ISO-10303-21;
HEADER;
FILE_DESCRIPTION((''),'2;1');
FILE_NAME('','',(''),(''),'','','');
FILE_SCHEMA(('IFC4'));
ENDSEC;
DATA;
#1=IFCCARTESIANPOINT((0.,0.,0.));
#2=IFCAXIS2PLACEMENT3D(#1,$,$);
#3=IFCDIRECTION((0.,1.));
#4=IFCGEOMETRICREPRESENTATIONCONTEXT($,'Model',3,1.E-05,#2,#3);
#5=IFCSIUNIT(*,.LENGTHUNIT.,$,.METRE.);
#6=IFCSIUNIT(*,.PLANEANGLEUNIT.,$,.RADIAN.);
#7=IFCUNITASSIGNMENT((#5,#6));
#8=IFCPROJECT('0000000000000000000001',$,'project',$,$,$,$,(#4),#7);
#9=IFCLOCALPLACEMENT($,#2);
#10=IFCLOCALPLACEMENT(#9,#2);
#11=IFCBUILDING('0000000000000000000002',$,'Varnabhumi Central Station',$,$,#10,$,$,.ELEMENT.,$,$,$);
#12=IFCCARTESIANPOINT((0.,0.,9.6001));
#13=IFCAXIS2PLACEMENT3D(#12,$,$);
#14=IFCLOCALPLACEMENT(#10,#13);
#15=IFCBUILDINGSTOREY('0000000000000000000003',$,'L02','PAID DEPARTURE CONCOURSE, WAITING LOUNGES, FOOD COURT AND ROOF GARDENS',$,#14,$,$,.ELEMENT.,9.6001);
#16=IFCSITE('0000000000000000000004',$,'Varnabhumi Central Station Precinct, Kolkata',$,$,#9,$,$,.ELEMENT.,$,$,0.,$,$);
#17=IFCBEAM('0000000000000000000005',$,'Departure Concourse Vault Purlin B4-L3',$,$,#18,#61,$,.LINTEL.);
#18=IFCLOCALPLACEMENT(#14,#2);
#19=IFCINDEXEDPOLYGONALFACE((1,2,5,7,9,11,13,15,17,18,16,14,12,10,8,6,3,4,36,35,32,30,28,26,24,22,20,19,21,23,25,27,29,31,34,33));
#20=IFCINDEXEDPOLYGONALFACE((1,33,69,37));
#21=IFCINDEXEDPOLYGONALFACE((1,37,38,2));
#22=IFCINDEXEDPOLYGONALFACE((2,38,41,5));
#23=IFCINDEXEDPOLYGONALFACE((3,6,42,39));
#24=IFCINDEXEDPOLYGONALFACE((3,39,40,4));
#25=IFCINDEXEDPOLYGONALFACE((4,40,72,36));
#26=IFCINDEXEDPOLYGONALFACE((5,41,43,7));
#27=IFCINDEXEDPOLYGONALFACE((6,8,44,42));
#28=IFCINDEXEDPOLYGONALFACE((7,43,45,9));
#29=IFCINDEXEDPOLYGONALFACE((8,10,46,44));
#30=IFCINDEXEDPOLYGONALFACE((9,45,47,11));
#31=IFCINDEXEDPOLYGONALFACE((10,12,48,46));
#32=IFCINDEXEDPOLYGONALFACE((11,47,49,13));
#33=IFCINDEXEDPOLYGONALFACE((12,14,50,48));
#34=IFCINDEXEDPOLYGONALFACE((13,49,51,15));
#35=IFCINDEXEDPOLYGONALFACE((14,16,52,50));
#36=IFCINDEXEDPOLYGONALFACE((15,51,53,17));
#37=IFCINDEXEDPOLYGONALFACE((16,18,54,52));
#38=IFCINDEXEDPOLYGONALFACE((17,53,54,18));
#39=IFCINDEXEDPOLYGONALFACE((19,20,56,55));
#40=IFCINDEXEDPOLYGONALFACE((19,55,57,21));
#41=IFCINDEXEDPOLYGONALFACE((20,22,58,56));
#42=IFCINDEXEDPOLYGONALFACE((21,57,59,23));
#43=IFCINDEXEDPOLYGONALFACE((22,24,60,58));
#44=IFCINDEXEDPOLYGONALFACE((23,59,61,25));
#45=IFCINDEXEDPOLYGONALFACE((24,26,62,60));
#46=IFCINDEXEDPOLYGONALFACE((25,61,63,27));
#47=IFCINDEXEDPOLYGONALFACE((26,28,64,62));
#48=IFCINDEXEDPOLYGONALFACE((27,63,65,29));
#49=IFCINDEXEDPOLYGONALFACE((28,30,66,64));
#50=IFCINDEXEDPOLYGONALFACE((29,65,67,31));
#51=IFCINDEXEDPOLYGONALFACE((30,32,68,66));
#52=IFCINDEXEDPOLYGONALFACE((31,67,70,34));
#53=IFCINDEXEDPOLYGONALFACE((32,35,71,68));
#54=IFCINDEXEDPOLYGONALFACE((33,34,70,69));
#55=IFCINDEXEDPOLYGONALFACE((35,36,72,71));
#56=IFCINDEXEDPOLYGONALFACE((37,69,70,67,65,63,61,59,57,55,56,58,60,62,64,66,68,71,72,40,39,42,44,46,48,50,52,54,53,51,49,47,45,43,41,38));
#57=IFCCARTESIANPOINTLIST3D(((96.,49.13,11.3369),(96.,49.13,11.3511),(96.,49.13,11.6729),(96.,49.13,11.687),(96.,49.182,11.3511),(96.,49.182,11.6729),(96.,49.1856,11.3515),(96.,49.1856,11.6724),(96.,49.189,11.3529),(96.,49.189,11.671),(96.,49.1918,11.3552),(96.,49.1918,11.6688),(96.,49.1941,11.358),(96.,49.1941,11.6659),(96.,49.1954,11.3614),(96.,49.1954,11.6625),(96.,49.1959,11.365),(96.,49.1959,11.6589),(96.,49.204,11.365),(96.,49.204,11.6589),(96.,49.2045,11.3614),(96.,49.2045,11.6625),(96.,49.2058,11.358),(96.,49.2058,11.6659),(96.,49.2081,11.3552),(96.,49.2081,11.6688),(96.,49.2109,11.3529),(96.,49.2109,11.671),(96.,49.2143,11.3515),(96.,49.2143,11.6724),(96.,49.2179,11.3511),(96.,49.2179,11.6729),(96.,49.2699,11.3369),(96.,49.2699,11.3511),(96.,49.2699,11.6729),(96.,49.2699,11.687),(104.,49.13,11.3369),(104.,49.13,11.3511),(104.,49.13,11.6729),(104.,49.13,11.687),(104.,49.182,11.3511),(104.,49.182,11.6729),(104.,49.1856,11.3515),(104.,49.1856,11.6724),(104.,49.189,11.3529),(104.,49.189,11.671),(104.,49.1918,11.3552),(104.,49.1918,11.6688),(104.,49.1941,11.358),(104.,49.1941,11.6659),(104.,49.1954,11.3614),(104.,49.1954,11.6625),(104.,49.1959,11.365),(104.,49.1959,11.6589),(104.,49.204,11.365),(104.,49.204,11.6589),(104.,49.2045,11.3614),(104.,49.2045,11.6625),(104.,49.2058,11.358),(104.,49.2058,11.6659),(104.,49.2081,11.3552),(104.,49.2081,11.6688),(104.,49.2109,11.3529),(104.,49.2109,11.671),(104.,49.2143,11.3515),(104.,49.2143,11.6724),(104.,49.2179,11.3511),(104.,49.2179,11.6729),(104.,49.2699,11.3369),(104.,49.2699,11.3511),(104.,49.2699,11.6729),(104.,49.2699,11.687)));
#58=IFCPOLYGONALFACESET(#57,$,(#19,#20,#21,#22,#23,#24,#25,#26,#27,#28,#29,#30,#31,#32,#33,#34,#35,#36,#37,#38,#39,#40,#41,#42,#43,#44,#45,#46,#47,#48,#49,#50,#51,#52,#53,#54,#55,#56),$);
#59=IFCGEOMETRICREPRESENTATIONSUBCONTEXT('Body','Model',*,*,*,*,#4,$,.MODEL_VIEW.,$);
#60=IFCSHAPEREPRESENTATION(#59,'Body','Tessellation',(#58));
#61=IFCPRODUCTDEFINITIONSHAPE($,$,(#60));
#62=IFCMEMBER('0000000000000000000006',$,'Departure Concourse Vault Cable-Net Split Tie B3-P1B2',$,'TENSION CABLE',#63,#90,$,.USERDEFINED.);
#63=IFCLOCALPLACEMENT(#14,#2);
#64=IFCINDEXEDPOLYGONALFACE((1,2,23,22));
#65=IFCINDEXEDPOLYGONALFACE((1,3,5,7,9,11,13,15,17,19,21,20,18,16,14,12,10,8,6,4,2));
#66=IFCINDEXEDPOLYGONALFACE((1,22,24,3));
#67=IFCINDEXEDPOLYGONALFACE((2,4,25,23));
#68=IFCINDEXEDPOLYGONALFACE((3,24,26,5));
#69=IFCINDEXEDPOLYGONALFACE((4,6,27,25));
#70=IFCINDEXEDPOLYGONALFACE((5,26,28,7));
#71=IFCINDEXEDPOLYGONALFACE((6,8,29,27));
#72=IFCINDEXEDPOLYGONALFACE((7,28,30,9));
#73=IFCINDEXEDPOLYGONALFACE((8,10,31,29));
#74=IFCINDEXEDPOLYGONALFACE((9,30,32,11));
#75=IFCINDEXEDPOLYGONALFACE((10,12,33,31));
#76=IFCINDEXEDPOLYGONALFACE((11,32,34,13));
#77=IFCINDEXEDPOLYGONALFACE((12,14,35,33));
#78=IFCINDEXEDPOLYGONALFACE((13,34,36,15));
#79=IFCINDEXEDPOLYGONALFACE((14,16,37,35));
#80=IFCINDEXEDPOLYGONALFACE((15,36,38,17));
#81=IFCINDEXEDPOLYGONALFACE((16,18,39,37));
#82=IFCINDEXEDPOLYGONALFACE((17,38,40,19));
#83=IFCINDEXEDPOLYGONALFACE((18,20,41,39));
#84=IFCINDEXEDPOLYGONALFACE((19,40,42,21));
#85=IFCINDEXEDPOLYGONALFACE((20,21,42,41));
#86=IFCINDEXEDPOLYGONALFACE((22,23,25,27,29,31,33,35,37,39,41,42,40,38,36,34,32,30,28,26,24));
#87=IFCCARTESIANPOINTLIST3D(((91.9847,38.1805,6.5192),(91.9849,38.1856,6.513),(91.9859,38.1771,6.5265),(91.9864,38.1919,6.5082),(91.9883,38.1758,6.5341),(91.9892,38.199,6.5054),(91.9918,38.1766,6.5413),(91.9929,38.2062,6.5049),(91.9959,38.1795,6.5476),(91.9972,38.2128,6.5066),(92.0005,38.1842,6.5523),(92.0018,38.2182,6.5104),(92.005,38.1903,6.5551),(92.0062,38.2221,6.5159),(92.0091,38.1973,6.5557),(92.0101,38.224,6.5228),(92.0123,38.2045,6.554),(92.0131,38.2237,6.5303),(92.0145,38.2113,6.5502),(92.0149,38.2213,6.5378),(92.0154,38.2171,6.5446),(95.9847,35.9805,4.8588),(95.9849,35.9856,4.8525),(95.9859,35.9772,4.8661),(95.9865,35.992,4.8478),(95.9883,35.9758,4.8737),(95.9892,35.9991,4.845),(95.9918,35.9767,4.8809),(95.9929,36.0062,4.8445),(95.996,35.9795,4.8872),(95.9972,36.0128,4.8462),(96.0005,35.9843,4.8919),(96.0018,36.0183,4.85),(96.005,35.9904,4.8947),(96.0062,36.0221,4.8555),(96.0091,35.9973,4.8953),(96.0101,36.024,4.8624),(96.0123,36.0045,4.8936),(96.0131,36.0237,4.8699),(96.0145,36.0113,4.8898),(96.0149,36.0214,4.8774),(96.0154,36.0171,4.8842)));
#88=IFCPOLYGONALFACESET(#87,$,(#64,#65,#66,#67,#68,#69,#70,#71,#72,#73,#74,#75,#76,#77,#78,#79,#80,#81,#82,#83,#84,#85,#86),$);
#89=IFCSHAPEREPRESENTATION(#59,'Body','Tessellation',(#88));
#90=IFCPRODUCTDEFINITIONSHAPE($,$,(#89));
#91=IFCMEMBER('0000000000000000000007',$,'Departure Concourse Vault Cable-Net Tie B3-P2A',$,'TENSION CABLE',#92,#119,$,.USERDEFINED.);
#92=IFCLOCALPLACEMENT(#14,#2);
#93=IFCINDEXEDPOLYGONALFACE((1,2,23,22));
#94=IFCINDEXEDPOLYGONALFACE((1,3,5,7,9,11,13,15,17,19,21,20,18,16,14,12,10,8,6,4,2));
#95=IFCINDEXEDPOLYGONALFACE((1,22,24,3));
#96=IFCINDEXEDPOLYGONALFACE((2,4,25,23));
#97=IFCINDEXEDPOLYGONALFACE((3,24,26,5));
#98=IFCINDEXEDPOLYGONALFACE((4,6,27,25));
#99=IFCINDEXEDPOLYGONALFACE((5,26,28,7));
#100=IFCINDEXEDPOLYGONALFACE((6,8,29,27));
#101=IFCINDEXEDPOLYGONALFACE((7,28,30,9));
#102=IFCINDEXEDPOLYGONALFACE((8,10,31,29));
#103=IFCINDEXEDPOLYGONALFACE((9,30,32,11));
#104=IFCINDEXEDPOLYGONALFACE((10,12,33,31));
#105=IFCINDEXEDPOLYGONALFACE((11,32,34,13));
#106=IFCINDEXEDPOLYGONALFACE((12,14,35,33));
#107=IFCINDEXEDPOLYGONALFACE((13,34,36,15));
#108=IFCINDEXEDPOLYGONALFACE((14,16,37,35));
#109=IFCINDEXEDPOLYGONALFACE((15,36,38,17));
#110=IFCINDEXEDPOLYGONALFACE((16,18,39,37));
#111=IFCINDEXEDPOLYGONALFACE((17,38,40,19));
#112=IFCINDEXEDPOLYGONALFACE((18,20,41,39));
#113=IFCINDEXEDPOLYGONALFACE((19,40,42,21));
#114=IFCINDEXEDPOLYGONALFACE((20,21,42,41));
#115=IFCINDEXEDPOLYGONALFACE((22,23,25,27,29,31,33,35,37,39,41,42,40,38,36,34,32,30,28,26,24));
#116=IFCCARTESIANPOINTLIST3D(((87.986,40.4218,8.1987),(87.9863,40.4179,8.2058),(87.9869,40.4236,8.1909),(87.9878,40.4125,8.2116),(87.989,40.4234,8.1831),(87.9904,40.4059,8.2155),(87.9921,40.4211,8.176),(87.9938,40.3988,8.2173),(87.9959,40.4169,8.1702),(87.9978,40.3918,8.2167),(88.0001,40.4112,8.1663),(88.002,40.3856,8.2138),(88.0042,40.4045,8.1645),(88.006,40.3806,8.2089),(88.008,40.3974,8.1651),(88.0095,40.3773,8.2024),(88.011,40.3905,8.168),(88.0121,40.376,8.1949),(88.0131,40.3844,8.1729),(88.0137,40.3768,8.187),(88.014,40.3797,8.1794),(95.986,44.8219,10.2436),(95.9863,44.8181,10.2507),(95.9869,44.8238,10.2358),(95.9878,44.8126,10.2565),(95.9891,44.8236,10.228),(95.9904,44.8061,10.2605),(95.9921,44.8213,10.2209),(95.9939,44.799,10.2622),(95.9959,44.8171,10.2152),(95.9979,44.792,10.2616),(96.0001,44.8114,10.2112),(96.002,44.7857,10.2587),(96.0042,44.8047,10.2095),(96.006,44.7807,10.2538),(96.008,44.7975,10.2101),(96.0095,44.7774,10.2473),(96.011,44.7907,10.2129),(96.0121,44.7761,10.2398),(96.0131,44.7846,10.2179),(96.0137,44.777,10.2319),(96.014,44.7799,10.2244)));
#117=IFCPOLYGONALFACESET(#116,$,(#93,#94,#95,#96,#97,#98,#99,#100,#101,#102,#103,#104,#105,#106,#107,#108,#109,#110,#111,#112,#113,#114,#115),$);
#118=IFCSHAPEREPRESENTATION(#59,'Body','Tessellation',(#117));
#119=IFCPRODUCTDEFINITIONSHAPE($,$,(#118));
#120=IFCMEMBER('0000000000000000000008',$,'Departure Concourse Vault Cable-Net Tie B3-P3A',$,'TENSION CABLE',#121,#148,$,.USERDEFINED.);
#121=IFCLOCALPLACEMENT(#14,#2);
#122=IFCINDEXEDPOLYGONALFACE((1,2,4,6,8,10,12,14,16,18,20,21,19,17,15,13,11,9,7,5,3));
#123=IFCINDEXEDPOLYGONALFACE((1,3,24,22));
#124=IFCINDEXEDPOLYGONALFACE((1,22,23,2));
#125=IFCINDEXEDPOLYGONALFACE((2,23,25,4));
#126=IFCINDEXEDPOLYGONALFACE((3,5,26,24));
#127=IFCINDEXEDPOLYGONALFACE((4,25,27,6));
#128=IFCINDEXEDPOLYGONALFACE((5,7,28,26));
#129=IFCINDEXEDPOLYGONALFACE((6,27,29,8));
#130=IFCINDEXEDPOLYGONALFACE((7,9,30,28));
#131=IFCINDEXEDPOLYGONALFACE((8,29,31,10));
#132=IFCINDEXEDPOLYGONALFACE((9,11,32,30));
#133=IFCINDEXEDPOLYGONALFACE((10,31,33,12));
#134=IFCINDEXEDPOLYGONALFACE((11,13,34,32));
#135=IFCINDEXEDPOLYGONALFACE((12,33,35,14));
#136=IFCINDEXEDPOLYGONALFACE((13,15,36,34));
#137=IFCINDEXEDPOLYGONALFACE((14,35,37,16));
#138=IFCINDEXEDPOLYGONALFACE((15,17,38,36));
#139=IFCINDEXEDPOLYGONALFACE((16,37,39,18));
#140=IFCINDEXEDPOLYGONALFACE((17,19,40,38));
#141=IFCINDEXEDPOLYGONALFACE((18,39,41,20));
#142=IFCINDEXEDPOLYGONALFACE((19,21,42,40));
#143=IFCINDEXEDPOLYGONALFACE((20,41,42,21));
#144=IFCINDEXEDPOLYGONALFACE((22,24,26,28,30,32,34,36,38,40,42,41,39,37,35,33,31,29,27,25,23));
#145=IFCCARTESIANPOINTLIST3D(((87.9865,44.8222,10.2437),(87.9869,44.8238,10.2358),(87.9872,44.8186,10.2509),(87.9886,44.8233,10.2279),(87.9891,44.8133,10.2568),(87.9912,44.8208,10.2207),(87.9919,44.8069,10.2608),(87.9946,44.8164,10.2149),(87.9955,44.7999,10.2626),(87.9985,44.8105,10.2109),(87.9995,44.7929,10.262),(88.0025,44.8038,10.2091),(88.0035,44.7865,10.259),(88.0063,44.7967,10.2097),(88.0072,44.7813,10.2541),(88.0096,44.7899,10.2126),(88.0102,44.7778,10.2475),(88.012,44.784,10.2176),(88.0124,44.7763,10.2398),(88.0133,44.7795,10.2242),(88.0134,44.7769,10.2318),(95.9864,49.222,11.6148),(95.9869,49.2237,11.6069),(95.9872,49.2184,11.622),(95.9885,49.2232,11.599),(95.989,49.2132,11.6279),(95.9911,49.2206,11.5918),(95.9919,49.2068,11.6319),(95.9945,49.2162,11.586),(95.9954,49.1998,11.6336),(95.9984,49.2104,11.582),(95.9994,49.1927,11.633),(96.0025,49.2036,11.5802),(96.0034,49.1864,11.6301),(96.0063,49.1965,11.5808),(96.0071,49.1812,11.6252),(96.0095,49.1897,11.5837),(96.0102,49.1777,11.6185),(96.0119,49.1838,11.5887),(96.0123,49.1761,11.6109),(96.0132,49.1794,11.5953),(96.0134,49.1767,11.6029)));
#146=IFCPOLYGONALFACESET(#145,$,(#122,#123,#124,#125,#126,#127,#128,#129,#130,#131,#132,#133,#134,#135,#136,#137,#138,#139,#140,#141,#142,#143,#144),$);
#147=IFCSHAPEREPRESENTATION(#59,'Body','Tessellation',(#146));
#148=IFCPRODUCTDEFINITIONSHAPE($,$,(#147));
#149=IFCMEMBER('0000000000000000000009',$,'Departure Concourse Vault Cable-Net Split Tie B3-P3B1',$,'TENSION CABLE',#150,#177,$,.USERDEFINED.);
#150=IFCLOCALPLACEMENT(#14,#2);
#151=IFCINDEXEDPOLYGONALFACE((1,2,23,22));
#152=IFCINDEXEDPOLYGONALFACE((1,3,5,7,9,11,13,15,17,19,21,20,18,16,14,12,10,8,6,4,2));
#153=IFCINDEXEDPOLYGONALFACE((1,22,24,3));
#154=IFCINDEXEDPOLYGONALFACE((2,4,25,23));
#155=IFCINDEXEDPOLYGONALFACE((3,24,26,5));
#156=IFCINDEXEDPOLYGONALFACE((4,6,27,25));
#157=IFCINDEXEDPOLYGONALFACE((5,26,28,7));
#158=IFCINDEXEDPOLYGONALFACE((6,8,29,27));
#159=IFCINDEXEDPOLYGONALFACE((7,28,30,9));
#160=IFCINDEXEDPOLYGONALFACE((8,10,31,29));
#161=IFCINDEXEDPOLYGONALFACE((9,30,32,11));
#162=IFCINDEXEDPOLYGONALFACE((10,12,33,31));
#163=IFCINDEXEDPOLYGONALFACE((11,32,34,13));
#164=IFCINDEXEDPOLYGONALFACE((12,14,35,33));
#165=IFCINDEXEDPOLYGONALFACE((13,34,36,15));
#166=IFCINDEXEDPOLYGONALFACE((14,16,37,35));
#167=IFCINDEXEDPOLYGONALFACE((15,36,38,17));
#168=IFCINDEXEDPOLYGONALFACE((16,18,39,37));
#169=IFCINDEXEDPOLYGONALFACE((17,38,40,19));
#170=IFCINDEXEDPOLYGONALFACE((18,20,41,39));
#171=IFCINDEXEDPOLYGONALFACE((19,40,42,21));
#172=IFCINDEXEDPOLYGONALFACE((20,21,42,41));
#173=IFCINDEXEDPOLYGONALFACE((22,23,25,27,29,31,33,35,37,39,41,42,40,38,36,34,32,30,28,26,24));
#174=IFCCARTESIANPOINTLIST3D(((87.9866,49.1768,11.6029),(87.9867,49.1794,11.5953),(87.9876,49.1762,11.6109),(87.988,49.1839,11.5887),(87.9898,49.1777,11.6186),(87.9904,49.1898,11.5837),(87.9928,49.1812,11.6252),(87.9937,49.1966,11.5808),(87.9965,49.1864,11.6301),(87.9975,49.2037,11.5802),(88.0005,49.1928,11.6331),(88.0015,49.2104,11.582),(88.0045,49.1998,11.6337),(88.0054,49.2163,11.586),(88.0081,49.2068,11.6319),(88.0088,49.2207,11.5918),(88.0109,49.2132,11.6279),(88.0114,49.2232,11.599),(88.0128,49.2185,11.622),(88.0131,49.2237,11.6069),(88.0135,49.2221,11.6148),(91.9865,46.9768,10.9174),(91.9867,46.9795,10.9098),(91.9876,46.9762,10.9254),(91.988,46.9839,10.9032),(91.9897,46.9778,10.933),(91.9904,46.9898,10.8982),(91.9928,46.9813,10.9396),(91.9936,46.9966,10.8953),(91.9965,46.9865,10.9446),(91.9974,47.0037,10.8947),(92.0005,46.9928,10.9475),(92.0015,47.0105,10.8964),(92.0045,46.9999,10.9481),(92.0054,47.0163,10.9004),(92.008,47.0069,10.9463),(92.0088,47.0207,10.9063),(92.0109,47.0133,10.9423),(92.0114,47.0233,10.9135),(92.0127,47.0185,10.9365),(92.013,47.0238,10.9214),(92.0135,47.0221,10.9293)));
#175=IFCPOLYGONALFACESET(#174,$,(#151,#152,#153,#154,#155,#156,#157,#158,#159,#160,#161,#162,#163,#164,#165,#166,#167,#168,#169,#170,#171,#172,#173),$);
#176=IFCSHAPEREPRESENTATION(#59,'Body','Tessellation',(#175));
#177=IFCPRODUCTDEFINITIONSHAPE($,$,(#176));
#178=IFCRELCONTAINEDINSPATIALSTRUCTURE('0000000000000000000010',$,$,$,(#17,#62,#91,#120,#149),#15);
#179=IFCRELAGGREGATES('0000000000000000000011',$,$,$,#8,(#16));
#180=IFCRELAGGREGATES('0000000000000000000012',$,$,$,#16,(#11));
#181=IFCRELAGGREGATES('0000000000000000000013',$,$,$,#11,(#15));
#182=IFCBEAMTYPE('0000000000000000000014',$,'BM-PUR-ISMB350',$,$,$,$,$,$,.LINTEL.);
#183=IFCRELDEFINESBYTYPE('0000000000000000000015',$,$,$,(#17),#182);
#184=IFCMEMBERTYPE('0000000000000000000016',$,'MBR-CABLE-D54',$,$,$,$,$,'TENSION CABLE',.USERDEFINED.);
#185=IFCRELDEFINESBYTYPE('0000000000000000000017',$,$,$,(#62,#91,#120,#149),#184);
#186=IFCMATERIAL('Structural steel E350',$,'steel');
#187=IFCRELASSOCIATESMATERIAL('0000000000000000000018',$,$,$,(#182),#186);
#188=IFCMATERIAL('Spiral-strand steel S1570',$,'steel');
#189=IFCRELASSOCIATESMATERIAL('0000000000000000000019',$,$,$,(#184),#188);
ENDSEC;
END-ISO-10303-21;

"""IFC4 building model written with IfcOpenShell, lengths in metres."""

from ifc_helpers import new_model, si_unit, direction, frame, origin, origin_2d, place, context, subcontext, project, spatial, circle, i_section, extrude, material, material_profile, profile_set, type_object, element, save


model = new_model("IFC4")

# Units and contexts
model_context = context("Model", 3, precision=1e-05, world=origin(), true_north=direction((0.0, 1.0)))
body_context = subcontext(model_context, "Body", "Model", "MODEL_VIEW")
ifc_project = project(units=[si_unit("LENGTHUNIT", "METRE"), si_unit("PLANEANGLEUNIT", "RADIAN")], contexts=[model_context])

# Site, building, storey
site_placement = place(None, origin())
site = spatial("IfcSite", under=ifc_project, at=site_placement, Name="Varnabhumi Central Station Precinct, Kolkata", CompositionType="ELEMENT", RefElevation=0.0)
building_placement = place(site_placement, origin())
building = spatial("IfcBuilding", under=site, at=building_placement, Name="Varnabhumi Central Station", CompositionType="ELEMENT")
storey_placement = place(building_placement, frame((0.0, 0.0, 9.6001)))
storey = spatial("IfcBuildingStorey", under=building, at=storey_placement, Name="L02", Description="PAID DEPARTURE CONCOURSE, WAITING LOUNGES, FOOD COURT AND ROOF GARDENS", CompositionType="ELEMENT", Elevation=9.6001)

# Beam
ifc_material_1 = material(Name="Structural steel E350", Category="steel")
ifc_material_profile_1 = material_profile(ifc_material_1, i_section(OverallWidth=0.1399, OverallDepth=0.3501, WebThickness=0.0081, FlangeThickness=0.0142, FilletRadius=0.0139, at=origin_2d()), Name="Structural steel E350", Category="steel")
ifc_profile_set_1 = profile_set([ifc_material_profile_1], Name="Structural steel E350")
beam_type_1 = type_object("IfcBeamType", Name="BM-PUR-ISMB350", PredefinedType="LINTEL", material=ifc_profile_set_1)
for number, where, z_axis, x_axis, name in (
    (1, (96.0, 49.2, 11.512), (1.0, 0.0, 0.0), (0.0, 1.0, 0.0), "Departure Concourse Vault Purlin B4-L3"),
):
    element("IfcBeam", number, at=place(storey_placement, frame(where, z_axis=z_axis, x_axis=x_axis)), inside=storey, type_object=beam_type_1, Name=name, PredefinedType="LINTEL", context=body_context, shape_type="SweptSolid", body=[
        extrude(i_section(OverallWidth=0.1399, OverallDepth=0.3501, WebThickness=0.0081, FlangeThickness=0.0142, FilletRadius=0.0139, at=origin_2d()), origin(), (0.0, 0.0, 1.0), 8.0),
    ])

# Members
ifc_material_2 = material(Name="Spiral-strand steel S1570", Category="steel")
ifc_material_profile_2 = material_profile(ifc_material_2, circle(Radius=0.0271, at=origin_2d()), Name="Spiral-strand steel S1570", Category="steel")
ifc_profile_set_2 = profile_set([ifc_material_profile_2], Name="Spiral-strand steel S1570")
member_type = type_object("IfcMemberType", Name="MBR-CABLE-D54", ElementType="TENSION CABLE", PredefinedType="USERDEFINED", material=ifc_profile_set_2)
member_1_placement = place(storey_placement, frame((92.0, 38.2, 6.5303), z_axis=(0.823444, -0.452884, -0.341812), x_axis=(0.481911, 0.87622, 0.0)))
element("IfcMember", 2, at=member_1_placement, inside=storey, type_object=member_type, Name="Departure Concourse Vault Cable-Net Split Tie B3-P1B2", ObjectType="TENSION CABLE", PredefinedType="USERDEFINED", context=body_context, shape_type="SweptSolid", body=[
    extrude(circle(Radius=0.0271, at=origin_2d()), origin(), (0.0, 0.0, 1.0), 4.8577),
])
member_2_placement = place(storey_placement, frame((88.0, 40.3999, 8.1909), z_axis=(0.855026, 0.47028, 0.218558), x_axis=(-0.481931, 0.876209, 0.0)))
element("IfcMember", 3, at=member_2_placement, inside=storey, type_object=member_type, Name="Departure Concourse Vault Cable-Net Tie B3-P2A", ObjectType="TENSION CABLE", PredefinedType="USERDEFINED", context=body_context, shape_type="SweptSolid", body=[
    extrude(circle(Radius=0.0271, at=origin_2d()), origin(), (0.0, 0.0, 1.0), 9.3564),
])
member_3_placement = place(storey_placement, frame((88.0, 44.8, 10.2358), z_axis=(0.866504, 0.476567, 0.148507), x_axis=(-0.481911, 0.87622, 0.0)))
element("IfcMember", 4, at=member_3_placement, inside=storey, type_object=member_type, Name="Departure Concourse Vault Cable-Net Tie B3-P3A", ObjectType="TENSION CABLE", PredefinedType="USERDEFINED", context=body_context, shape_type="SweptSolid", body=[
    extrude(circle(Radius=0.0271, at=origin_2d()), origin(), (0.0, 0.0, 1.0), 9.2324),
])
for number, where, z_axis, x_axis, name in (
    (5, (88.0, 49.2, 11.6069), (0.866504, -0.476567, -0.148507), (0.481911, 0.87622, 0.0), "Departure Concourse Vault Cable-Net Split Tie B3-P3B1"),
):
    element("IfcMember", number, at=place(storey_placement, frame(where, z_axis=z_axis, x_axis=x_axis)), inside=storey, type_object=member_type, Name=name, ObjectType="TENSION CABLE", PredefinedType="USERDEFINED", context=body_context, shape_type="SweptSolid", body=[
        extrude(circle(Radius=0.0271, at=origin_2d()), origin(), (0.0, 0.0, 1.0), 4.6162),
    ])

save(model, "model.ifc")
